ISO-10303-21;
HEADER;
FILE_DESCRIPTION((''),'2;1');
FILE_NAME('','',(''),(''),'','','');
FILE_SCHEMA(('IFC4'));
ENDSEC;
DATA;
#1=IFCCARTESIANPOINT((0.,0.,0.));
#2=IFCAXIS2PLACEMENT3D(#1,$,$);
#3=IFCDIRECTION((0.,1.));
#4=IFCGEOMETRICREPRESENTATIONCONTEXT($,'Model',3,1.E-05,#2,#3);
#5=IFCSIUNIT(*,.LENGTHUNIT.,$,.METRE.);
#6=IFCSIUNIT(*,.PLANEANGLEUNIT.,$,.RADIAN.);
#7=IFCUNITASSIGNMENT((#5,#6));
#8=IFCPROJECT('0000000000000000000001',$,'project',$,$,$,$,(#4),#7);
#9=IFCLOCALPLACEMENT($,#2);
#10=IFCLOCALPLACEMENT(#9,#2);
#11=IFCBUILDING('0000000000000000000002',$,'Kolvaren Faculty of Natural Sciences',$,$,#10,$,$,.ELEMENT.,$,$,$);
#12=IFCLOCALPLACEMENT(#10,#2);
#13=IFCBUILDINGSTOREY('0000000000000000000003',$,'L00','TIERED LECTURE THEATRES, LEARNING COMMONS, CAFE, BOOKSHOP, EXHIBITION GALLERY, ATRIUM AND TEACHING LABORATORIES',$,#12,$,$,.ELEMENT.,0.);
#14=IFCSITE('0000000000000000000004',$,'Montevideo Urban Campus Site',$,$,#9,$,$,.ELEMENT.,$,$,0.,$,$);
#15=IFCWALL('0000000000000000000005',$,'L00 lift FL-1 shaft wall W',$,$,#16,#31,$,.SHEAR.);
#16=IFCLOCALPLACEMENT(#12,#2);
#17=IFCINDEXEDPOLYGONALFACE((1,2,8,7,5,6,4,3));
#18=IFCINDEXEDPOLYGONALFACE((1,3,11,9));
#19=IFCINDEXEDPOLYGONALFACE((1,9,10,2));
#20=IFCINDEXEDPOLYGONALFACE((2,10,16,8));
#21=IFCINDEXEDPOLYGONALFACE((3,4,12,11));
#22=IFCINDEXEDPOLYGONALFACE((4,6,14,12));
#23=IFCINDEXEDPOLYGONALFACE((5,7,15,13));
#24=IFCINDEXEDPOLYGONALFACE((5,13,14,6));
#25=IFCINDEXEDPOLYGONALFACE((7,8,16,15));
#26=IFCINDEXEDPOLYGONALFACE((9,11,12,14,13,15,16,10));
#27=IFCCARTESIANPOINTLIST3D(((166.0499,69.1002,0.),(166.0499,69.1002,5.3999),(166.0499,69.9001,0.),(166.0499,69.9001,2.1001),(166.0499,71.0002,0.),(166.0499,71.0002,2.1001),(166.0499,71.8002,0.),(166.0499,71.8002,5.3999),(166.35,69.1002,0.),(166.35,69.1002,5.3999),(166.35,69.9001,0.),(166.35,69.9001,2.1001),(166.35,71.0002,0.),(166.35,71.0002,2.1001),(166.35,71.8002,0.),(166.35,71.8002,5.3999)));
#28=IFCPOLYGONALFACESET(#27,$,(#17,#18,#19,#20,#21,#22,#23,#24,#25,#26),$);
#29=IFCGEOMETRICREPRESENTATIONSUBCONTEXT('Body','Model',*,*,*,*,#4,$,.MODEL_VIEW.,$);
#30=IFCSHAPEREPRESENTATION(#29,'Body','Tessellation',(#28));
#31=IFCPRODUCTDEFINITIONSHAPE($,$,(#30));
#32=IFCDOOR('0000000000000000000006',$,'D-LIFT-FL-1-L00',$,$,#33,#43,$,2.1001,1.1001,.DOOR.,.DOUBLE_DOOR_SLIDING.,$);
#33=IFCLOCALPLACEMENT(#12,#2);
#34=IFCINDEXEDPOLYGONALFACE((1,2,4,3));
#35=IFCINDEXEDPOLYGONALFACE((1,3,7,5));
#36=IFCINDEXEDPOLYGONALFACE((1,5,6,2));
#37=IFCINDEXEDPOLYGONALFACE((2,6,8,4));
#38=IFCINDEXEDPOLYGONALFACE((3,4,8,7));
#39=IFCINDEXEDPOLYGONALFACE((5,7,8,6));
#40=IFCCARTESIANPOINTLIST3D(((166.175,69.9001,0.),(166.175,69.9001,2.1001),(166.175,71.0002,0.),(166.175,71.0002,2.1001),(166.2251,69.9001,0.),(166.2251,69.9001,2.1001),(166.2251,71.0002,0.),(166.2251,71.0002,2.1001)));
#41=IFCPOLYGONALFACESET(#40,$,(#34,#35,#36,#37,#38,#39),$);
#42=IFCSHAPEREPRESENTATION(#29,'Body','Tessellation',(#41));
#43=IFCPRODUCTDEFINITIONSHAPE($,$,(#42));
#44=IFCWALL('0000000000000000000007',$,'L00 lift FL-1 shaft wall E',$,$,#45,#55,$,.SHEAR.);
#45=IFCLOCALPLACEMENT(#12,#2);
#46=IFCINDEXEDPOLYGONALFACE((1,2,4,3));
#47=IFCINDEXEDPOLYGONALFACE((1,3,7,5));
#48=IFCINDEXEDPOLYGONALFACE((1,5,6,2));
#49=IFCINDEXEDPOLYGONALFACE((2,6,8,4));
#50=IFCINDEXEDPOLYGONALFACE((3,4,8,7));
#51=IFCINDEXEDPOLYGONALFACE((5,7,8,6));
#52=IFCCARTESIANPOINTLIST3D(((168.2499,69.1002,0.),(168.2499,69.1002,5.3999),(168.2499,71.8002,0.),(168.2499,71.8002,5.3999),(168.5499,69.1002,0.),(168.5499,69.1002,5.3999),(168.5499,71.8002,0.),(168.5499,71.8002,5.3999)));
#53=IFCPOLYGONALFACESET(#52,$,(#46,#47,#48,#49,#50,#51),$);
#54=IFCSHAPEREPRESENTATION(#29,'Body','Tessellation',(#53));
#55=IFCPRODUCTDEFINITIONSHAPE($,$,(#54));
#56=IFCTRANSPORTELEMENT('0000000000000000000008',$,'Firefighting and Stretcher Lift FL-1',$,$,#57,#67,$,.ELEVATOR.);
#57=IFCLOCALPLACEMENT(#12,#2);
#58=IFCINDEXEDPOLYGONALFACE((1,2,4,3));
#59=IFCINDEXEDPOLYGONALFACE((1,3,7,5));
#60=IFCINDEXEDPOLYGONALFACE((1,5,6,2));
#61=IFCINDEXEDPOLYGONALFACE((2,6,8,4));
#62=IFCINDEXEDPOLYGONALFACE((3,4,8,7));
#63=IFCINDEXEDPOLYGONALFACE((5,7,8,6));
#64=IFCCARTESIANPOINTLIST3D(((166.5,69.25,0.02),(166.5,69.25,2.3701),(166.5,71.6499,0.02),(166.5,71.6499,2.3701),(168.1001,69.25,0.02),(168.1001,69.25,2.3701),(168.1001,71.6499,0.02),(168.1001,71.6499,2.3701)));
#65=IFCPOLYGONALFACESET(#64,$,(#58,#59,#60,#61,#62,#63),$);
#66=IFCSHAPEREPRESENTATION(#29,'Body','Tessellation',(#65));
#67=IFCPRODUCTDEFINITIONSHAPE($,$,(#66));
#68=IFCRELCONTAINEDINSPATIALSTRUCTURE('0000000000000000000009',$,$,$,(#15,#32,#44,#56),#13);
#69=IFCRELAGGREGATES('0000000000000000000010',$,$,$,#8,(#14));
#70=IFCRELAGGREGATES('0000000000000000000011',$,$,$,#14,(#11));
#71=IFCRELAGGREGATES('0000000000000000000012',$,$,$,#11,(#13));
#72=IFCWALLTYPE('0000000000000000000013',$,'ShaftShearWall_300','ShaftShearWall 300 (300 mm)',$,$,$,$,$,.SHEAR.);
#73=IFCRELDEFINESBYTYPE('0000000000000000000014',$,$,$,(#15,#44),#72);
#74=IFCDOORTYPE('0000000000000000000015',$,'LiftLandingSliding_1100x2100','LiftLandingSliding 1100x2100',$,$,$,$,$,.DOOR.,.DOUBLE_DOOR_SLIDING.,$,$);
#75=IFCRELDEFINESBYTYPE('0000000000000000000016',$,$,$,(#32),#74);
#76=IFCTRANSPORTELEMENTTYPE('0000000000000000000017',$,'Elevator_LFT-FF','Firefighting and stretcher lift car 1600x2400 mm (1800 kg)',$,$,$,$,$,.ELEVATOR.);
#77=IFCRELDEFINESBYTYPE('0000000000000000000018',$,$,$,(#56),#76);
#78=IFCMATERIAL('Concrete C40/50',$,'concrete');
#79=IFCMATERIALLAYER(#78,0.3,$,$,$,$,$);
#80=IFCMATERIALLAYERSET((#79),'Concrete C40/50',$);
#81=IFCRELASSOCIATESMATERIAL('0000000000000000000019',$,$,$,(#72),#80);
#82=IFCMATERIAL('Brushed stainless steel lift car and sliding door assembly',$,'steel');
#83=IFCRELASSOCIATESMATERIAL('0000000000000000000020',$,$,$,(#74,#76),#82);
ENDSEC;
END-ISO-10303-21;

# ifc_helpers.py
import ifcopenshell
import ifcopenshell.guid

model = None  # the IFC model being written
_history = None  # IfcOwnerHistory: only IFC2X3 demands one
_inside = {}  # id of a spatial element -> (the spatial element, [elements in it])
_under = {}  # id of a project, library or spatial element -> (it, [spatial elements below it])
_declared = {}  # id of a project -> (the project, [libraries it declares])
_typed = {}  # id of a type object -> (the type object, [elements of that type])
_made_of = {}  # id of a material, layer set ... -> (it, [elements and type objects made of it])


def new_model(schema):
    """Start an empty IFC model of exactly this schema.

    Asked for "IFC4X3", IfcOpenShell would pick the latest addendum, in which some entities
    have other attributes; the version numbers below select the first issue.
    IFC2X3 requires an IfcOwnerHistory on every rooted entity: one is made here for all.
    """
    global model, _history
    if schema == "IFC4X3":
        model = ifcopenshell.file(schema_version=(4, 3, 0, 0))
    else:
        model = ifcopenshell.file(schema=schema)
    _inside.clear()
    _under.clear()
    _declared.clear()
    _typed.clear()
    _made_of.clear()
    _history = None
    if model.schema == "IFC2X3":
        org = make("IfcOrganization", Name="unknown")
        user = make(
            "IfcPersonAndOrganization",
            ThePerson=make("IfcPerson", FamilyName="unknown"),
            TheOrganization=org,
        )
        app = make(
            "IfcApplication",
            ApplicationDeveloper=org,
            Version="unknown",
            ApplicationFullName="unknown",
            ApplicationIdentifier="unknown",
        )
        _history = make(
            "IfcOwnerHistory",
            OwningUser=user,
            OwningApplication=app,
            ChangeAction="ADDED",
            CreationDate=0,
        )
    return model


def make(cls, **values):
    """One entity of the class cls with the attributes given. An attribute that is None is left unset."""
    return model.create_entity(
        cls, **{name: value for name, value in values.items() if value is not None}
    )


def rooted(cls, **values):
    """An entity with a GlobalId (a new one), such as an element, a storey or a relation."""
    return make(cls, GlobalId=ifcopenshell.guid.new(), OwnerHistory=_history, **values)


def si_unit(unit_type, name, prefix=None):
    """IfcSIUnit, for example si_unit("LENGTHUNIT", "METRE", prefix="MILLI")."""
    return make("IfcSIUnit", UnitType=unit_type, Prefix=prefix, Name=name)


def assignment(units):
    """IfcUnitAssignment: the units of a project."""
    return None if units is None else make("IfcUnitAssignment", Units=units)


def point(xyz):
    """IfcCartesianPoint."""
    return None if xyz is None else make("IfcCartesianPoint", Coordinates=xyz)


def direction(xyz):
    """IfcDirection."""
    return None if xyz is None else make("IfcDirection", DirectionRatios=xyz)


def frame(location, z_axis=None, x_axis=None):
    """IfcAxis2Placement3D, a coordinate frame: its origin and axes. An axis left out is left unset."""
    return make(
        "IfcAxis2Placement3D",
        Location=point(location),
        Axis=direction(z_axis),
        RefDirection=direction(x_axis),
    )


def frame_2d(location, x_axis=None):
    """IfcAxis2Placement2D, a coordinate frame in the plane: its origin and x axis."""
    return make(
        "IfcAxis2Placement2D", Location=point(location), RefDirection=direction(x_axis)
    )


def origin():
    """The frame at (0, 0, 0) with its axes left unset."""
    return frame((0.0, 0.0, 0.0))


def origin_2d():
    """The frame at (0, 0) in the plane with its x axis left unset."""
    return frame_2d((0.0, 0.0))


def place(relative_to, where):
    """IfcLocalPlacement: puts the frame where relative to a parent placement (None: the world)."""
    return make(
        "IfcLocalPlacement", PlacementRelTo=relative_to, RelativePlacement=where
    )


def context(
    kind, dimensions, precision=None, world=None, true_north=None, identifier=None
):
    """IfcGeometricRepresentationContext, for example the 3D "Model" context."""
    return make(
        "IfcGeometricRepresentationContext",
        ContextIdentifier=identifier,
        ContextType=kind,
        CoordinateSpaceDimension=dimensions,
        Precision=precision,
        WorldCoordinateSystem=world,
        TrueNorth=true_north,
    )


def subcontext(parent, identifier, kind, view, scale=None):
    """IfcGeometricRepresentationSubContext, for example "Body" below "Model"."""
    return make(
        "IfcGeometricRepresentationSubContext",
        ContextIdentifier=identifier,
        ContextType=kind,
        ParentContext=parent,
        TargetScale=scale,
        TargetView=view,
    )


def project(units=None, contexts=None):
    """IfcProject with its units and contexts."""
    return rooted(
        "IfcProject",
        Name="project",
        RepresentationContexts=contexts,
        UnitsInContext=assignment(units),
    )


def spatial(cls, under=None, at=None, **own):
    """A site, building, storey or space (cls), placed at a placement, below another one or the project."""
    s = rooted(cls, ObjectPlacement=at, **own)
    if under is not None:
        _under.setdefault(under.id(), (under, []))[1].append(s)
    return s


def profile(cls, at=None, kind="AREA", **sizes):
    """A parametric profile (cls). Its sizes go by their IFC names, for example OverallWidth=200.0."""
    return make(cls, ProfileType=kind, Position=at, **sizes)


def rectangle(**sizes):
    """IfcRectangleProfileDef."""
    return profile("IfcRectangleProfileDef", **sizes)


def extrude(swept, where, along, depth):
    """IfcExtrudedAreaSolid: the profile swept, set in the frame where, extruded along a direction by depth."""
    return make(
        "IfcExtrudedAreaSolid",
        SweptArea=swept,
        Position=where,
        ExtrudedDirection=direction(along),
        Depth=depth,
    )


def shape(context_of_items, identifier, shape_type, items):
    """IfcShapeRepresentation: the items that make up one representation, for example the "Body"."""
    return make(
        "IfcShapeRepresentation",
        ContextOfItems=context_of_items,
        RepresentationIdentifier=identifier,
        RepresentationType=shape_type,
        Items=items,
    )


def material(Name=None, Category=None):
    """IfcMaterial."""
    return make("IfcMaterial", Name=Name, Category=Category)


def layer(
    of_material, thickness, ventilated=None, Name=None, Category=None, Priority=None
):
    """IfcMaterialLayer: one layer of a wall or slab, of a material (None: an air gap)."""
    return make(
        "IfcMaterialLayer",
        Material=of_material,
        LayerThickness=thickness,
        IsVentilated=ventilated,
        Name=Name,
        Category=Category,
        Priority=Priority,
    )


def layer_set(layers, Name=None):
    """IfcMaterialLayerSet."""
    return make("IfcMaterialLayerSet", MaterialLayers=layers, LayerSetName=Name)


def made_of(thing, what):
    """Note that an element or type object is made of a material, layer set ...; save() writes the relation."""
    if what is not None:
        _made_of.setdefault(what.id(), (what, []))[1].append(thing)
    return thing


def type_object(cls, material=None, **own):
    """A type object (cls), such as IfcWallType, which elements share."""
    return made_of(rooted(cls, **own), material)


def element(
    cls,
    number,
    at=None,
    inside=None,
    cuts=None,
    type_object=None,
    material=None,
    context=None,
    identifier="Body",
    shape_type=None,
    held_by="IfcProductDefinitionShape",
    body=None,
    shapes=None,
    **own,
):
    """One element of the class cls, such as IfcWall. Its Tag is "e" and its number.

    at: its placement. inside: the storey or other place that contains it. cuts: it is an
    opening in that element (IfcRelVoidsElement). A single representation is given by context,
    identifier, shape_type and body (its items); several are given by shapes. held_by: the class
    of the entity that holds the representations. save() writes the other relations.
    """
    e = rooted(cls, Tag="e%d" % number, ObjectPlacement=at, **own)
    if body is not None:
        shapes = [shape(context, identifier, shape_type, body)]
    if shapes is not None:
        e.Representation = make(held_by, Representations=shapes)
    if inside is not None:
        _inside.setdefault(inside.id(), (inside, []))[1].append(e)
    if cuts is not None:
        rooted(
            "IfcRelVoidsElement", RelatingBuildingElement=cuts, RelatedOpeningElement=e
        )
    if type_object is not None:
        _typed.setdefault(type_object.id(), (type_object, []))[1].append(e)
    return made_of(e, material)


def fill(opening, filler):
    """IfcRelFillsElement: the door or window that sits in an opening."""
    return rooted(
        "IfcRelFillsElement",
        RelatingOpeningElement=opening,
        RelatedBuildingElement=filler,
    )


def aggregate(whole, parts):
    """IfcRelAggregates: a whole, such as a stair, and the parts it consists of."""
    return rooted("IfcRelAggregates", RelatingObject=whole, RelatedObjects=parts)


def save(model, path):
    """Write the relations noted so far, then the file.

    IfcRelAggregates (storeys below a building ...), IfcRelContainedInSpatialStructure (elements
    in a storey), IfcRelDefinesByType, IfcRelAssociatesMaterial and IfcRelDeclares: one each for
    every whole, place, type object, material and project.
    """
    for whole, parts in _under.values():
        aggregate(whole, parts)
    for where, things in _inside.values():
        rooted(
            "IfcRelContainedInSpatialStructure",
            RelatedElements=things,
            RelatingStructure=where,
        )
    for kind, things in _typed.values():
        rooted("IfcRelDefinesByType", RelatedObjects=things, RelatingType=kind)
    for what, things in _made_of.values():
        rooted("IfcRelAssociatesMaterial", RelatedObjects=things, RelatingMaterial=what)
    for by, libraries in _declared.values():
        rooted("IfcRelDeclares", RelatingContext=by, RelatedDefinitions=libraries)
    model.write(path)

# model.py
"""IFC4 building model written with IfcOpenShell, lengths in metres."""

from ifc_helpers import new_model, si_unit, direction, frame, frame_2d, origin, origin_2d, place, context, subcontext, project, spatial, rectangle, extrude, material, layer, layer_set, type_object, element, fill, save


model = new_model("IFC4")

# Units and contexts
model_context = context("Model", 3, precision=1e-05, world=origin(), true_north=direction((0.0, 1.0)))
body_context = subcontext(model_context, "Body", "Model", "MODEL_VIEW")
ifc_project = project(units=[si_unit("LENGTHUNIT", "METRE"), si_unit("PLANEANGLEUNIT", "RADIAN")], contexts=[model_context])

# Site, building, storey
site_placement = place(None, origin())
site = spatial("IfcSite", under=ifc_project, at=site_placement, Name="Montevideo Urban Campus Site", CompositionType="ELEMENT", RefElevation=0.0)
building_placement = place(site_placement, origin())
building = spatial("IfcBuilding", under=site, at=building_placement, Name="Kolvaren Faculty of Natural Sciences", CompositionType="ELEMENT")
storey_placement = place(building_placement, origin())
storey = spatial("IfcBuildingStorey", under=building, at=storey_placement, Name="L00", Description="TIERED LECTURE THEATRES, LEARNING COMMONS, CAFE, BOOKSHOP, EXHIBITION GALLERY, ATRIUM AND TEACHING LABORATORIES", CompositionType="ELEMENT", Elevation=0.0)

# Shared definitions
ifc_material_1 = material(Name="Concrete C40/50", Category="concrete")

# Shared definitions
ifc_layer_1 = layer(ifc_material_1, 0.3)
ifc_layer_set_1 = layer_set([ifc_layer_1], Name="Concrete C40/50")
wall_type_1 = type_object("IfcWallType", Name="ShaftShearWall_300", Description="ShaftShearWall 300 (300 mm)", PredefinedType="SHEAR", material=ifc_layer_set_1)

# Wall, opening, door
wall_1_placement = place(storey_placement, frame((166.2, 69.1001, 0.0), z_axis=(0.0, 0.0, 1.0), x_axis=(0.0, 1.0, 0.0)))
wall_1 = element("IfcWall", 1, at=wall_1_placement, inside=storey, type_object=wall_type_1, Name="L00 lift FL-1 shaft wall W", PredefinedType="SHEAR", context=body_context, shape_type="SweptSolid", body=[
    extrude(rectangle(XDim=2.7, YDim=0.3, at=frame_2d((1.3501, 0.0))), origin(), (0.0, 0.0, 1.0), 5.3999),
])
opening_1_placement = place(wall_1_placement, frame((0.8, 0.0, 0.0)))
opening_1 = element("IfcOpeningElement", 2, at=opening_1_placement, cuts=wall_1, PredefinedType="OPENING", context=body_context, shape_type="SweptSolid", body=[
    extrude(rectangle(XDim=1.1001, YDim=2.1001, at=frame_2d((0.55, 1.05))), frame((0.0, 0.1599, 0.0), z_axis=(0.0, -1.0, 0.0), x_axis=(1.0, 0.0, 0.0)), (0.0, 0.0, 1.0), 0.3201),
])
ifc_material_2 = material(Name="Brushed stainless steel lift car and sliding door assembly", Category="steel")
door_type_1 = type_object("IfcDoorType", Name="LiftLandingSliding_1100x2100", Description="LiftLandingSliding 1100x2100", OperationType="DOUBLE_DOOR_SLIDING", PredefinedType="DOOR", material=ifc_material_2)
door_1_placement = place(opening_1_placement, origin())
door_1 = element("IfcDoor", 3, at=door_1_placement, inside=storey, type_object=door_type_1, Name="D-LIFT-FL-1-L00", OperationType="DOUBLE_DOOR_SLIDING", OverallHeight=2.1001, OverallWidth=1.1001, PredefinedType="DOOR", context=body_context, shape_type="SweptSolid", body=[
    extrude(rectangle(XDim=1.1001, YDim=2.1001, at=frame_2d((0.55, 1.05))), frame((0.0, 0.0249, 0.0), z_axis=(0.0, -1.0, 0.0), x_axis=(1.0, 0.0, 0.0)), (0.0, 0.0, 1.0), 0.05),
])
fill(opening_1, door_1)

# Wall
wall_2_placement = place(storey_placement, frame((168.3999, 69.1001, 0.0), z_axis=(0.0, 0.0, 1.0), x_axis=(0.0, 1.0, 0.0)))
element("IfcWall", 4, at=wall_2_placement, inside=storey, type_object=wall_type_1, Name="L00 lift FL-1 shaft wall E", PredefinedType="SHEAR", context=body_context, shape_type="SweptSolid", body=[
    extrude(rectangle(XDim=2.7, YDim=0.3, at=frame_2d((1.3501, 0.0))), origin(), (0.0, 0.0, 1.0), 5.3999),
])

# Transport element
transport_element_type = type_object("IfcTransportElementType", Name="Elevator_LFT-FF", Description="Firefighting and stretcher lift car 1600x2400 mm (1800 kg)", PredefinedType="ELEVATOR", material=ifc_material_2)
transport_element_placement = place(storey_placement, frame((167.3, 70.45, 0.02), z_axis=(0.0, 0.0, 1.0), x_axis=(1.0, 0.0, 0.0)))
element("IfcTransportElement", 5, at=transport_element_placement, inside=storey, type_object=transport_element_type, Name="Firefighting and Stretcher Lift FL-1", PredefinedType="ELEVATOR", context=body_context, shape_type="SweptSolid", body=[
    extrude(rectangle(XDim=1.6001, YDim=2.3999, at=origin_2d()), origin(), (0.0, 0.0, 1.0), 2.3501),
])

save(model, "model.ifc")
